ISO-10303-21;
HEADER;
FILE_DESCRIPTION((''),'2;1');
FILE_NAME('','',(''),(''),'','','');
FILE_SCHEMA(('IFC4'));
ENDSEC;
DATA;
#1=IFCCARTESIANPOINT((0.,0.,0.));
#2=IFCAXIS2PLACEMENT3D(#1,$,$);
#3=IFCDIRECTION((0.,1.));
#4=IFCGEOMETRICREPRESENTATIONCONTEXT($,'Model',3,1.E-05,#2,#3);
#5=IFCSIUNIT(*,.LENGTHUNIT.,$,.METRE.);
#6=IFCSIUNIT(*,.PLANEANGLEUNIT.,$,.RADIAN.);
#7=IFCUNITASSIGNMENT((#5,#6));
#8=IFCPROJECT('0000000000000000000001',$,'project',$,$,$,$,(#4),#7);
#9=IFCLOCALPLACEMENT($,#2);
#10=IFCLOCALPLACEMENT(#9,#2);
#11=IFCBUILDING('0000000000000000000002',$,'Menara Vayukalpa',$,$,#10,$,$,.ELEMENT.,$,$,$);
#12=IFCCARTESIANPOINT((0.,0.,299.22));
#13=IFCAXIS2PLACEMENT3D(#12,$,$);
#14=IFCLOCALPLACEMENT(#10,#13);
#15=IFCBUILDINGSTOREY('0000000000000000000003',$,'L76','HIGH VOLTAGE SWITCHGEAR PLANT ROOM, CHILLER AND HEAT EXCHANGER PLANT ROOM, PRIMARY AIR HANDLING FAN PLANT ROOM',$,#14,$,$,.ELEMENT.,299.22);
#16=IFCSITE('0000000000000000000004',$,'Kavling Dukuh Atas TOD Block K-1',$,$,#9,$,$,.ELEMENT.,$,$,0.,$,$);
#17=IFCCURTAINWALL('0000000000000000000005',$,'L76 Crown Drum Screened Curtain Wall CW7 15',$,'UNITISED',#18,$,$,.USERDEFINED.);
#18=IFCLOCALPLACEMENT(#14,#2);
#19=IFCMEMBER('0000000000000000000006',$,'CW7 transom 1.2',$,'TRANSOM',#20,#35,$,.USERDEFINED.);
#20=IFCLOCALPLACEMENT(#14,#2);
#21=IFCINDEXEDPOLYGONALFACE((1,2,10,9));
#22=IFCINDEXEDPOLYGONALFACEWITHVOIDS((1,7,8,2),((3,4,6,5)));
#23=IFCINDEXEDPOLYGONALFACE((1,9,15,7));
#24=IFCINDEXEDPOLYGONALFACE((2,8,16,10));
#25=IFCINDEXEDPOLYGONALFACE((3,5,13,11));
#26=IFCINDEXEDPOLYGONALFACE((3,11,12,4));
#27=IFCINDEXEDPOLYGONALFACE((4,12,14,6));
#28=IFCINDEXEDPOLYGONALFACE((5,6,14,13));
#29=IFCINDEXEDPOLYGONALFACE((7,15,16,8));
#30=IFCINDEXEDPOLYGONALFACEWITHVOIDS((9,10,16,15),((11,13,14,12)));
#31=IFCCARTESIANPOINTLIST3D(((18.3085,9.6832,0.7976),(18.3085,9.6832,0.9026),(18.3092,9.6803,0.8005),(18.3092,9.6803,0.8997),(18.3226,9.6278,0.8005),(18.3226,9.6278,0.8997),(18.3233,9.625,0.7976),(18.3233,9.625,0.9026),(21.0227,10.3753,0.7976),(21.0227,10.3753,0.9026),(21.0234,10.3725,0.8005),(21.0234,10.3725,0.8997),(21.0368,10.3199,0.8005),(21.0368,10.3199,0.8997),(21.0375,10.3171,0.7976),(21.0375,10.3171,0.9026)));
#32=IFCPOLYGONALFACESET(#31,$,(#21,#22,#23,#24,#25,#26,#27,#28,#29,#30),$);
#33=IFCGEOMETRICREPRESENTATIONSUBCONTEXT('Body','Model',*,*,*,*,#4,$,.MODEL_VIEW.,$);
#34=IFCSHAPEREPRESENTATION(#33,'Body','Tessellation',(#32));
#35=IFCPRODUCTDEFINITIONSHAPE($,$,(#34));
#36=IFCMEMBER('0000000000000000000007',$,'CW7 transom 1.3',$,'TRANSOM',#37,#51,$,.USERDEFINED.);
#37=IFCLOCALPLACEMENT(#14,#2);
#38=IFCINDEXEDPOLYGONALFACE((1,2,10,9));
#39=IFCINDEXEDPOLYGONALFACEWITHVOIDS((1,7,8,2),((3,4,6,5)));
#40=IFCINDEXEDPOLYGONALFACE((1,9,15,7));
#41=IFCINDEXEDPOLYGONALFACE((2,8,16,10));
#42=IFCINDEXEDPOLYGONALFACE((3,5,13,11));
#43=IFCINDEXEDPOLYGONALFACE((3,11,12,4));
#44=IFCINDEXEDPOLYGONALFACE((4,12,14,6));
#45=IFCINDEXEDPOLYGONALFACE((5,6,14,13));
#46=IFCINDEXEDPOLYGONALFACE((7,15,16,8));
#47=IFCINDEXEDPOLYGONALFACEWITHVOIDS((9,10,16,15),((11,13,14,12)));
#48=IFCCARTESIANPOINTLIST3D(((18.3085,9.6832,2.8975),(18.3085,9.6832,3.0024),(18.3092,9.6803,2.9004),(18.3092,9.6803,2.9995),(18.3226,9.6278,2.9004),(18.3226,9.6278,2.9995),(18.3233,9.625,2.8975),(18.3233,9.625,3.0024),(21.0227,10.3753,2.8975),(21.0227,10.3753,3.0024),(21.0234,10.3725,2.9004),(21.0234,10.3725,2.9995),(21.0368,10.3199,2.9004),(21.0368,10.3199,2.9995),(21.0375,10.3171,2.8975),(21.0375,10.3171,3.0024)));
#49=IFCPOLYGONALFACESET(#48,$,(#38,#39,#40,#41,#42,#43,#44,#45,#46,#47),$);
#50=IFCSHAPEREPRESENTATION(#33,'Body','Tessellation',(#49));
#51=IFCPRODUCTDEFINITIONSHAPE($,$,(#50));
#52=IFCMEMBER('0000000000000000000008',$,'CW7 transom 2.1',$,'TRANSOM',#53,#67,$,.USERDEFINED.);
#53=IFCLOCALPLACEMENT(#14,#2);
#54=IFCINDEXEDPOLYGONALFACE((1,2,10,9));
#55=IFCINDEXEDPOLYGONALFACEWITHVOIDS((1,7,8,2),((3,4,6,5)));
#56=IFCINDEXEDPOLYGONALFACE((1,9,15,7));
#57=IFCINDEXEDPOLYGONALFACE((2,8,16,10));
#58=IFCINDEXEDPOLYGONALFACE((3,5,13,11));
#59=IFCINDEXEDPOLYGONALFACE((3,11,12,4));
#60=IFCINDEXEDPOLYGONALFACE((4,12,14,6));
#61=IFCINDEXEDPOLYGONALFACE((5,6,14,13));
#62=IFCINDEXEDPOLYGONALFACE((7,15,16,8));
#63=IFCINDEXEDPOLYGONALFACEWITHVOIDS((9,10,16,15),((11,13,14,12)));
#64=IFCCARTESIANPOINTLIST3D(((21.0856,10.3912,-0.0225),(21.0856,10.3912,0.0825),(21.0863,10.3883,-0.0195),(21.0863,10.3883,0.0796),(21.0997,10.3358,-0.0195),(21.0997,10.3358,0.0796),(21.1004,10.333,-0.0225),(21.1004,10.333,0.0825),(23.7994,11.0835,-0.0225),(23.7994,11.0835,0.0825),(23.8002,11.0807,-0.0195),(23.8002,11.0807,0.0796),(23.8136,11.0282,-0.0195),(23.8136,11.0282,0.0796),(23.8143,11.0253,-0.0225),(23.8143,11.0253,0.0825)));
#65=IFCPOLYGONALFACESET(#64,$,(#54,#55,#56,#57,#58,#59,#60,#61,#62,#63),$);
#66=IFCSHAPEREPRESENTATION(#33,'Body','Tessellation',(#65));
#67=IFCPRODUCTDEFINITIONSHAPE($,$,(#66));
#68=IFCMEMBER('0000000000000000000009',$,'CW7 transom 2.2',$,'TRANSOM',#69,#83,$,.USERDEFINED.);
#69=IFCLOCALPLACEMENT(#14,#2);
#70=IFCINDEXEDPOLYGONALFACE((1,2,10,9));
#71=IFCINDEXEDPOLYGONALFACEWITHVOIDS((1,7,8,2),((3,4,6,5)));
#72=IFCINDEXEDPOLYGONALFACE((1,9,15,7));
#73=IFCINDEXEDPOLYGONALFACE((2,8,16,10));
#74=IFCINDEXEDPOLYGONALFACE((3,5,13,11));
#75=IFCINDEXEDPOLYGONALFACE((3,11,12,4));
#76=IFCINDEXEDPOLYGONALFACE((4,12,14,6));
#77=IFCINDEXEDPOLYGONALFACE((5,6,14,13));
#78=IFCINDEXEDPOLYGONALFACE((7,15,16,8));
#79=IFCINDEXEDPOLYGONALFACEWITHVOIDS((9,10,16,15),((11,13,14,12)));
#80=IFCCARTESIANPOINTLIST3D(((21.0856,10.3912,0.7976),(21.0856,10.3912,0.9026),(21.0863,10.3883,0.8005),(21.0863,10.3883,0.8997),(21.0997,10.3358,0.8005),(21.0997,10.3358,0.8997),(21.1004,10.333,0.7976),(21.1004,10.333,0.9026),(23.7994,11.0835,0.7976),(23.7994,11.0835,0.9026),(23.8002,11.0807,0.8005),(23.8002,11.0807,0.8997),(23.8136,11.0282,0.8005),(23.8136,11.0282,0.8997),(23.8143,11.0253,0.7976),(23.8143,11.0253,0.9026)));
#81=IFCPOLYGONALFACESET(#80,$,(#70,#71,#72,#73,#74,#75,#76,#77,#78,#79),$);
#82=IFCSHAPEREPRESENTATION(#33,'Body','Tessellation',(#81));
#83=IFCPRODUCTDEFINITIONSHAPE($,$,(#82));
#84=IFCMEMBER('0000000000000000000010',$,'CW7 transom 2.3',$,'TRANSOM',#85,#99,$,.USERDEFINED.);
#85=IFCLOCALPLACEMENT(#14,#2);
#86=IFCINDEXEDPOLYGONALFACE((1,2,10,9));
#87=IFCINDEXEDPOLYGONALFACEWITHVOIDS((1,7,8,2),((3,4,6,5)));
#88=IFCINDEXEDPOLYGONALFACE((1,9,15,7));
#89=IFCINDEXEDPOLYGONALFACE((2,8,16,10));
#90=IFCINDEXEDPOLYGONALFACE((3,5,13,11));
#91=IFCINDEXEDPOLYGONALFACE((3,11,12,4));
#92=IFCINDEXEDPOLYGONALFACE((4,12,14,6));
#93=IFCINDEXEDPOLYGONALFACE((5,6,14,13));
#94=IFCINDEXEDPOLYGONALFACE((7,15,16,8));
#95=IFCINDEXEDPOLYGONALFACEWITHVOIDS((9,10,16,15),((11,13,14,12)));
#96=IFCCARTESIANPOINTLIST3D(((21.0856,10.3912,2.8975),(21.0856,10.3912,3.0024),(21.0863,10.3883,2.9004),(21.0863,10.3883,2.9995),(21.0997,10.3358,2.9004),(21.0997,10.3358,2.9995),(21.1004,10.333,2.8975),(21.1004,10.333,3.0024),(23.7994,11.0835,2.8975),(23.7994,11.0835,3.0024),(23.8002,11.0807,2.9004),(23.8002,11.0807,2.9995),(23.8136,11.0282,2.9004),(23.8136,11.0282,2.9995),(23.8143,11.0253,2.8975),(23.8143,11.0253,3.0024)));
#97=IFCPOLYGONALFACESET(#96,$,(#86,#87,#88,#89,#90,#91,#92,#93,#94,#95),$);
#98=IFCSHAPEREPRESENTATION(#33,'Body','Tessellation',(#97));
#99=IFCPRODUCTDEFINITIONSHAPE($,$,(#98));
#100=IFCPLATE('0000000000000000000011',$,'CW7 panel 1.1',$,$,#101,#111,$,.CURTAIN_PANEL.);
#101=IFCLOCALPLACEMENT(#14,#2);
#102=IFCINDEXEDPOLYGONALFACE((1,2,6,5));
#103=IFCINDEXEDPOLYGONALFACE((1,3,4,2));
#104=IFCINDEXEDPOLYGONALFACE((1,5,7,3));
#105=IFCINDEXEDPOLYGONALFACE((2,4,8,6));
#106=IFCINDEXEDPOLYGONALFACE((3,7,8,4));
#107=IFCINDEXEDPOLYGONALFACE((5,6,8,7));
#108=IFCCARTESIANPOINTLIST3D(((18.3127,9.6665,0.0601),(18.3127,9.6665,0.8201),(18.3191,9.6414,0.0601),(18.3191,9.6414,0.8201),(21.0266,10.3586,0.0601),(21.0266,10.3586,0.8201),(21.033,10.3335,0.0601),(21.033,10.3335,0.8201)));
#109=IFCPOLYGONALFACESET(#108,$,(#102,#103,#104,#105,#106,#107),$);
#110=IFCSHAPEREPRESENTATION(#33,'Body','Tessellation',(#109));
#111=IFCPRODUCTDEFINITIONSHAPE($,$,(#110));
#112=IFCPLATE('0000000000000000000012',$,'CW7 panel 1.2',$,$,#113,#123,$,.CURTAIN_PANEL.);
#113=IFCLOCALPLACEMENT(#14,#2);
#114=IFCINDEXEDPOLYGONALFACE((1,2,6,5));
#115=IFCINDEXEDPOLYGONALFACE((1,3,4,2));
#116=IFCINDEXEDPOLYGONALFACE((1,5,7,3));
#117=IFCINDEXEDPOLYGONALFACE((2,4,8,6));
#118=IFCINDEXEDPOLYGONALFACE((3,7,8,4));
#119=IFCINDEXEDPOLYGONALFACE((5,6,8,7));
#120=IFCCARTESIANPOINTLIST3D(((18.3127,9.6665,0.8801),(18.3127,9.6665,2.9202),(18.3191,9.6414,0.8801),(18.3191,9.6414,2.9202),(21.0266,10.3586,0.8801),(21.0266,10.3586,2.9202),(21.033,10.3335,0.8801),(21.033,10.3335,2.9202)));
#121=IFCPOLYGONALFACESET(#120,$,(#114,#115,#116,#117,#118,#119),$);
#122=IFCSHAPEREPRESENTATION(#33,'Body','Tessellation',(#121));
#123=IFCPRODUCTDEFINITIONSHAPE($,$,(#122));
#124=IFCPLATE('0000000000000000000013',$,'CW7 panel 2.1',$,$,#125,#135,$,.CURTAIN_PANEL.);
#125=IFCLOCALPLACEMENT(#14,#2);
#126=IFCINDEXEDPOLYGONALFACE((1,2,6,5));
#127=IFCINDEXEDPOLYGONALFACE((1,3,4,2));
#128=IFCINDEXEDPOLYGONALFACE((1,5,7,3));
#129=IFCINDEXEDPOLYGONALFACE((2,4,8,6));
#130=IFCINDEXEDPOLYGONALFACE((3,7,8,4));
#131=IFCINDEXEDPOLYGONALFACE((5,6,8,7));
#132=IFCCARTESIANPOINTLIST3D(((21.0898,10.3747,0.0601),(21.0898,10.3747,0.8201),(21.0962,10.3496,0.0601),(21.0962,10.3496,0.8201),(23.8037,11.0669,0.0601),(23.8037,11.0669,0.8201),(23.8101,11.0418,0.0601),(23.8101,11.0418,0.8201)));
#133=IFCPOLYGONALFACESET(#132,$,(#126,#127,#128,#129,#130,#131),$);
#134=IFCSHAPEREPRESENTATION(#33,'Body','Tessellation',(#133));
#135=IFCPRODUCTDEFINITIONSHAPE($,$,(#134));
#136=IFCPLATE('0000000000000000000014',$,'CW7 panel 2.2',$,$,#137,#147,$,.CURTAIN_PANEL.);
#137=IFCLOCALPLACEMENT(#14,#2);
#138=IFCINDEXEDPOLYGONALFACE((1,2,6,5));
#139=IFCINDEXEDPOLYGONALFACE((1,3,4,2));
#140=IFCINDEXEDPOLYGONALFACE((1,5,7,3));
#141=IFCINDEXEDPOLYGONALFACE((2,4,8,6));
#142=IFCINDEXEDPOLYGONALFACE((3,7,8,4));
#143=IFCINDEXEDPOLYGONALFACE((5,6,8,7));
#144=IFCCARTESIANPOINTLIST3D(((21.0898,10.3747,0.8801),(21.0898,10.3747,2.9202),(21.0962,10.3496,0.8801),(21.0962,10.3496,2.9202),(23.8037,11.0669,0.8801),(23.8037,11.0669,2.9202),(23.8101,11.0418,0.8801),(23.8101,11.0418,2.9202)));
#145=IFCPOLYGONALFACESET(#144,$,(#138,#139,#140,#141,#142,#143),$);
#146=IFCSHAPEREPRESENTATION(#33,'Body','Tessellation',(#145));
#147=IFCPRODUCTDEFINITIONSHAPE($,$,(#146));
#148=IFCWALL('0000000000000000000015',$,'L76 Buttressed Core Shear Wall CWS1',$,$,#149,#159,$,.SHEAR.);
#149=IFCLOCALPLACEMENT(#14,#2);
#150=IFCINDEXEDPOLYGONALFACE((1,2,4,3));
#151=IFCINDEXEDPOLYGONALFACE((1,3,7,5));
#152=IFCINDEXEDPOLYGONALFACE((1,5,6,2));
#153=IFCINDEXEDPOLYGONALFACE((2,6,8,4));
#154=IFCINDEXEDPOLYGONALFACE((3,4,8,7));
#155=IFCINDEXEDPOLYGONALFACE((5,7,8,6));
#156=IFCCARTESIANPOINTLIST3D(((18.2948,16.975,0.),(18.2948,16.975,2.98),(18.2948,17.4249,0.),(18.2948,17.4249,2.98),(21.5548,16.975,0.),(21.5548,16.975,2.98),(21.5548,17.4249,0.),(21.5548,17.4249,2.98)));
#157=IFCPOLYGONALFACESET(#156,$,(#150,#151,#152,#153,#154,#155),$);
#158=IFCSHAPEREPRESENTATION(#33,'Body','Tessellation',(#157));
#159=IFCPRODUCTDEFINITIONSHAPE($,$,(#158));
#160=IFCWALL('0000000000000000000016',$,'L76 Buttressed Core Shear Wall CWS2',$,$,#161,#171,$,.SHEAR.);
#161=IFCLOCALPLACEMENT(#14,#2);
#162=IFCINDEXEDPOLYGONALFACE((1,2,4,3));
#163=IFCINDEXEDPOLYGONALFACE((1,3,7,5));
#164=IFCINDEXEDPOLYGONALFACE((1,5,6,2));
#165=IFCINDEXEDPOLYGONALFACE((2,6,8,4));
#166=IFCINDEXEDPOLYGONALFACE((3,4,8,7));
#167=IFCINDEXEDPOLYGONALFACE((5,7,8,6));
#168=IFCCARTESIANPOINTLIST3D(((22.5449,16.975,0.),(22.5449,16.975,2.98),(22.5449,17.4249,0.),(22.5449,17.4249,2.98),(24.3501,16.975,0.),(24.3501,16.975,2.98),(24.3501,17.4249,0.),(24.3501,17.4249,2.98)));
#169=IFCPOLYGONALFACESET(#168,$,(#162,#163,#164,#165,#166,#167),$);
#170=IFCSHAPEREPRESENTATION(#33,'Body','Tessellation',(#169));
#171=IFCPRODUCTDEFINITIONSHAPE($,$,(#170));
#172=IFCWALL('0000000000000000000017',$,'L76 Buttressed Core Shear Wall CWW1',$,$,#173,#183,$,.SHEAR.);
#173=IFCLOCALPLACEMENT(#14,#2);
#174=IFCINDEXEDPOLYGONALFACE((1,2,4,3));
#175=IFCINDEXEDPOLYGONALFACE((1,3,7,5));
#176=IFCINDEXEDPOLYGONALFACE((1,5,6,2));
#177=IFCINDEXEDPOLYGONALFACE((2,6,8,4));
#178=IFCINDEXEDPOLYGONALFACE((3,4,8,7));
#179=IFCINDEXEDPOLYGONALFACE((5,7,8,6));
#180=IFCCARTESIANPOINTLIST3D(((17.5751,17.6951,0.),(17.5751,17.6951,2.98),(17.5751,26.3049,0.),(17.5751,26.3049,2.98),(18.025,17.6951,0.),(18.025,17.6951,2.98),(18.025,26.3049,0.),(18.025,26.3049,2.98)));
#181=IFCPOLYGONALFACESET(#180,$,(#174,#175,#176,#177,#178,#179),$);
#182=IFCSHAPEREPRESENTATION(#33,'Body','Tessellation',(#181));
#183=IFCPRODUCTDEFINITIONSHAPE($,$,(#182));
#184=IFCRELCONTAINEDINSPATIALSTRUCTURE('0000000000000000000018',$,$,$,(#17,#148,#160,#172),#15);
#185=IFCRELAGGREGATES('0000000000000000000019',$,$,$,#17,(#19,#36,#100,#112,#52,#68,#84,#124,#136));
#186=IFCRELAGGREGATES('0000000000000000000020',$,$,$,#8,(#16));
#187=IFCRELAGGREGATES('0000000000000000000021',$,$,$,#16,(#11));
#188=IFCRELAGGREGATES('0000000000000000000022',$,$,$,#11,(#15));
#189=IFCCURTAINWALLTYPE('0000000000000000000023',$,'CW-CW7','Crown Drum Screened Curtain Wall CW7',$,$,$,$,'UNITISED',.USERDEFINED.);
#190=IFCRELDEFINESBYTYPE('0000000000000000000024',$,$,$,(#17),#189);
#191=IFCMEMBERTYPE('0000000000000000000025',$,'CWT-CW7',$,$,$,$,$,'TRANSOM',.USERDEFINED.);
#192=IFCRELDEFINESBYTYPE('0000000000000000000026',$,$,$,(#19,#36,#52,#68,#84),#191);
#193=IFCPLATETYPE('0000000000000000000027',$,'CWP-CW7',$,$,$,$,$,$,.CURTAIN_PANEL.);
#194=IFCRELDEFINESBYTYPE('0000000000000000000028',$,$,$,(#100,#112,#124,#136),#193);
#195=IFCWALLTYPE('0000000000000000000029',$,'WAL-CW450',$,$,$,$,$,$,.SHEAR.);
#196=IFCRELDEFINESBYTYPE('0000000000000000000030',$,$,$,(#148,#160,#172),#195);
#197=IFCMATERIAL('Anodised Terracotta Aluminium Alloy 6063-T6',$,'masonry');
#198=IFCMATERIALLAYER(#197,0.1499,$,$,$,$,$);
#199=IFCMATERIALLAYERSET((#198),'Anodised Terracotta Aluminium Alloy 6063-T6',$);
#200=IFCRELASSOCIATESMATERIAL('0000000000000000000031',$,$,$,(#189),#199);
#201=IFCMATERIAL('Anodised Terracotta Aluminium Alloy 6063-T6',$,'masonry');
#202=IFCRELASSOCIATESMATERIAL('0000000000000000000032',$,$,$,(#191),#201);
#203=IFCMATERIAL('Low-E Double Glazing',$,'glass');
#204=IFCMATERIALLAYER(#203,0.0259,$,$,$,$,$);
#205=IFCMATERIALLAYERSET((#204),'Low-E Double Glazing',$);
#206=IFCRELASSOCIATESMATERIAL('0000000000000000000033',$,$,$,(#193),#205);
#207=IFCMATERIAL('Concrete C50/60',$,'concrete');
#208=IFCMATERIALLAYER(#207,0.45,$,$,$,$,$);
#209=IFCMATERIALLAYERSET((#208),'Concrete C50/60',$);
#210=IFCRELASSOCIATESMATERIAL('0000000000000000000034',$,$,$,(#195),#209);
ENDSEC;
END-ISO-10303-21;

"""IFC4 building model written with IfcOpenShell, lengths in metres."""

from ifc_helpers import new_model, si_unit, direction, frame, frame_2d, origin, origin_2d, place, context, subcontext, project, spatial, rectangle, hollow_rectangle, extrude, material, layer, layer_set, material_profile, profile_set, type_object, element, aggregate, save


model = new_model("IFC4")

# Units and contexts
model_context = context("Model", 3, precision=1e-05, world=origin(), true_north=direction((0.0, 1.0)))
body_context = subcontext(model_context, "Body", "Model", "MODEL_VIEW")
ifc_project = project(units=[si_unit("LENGTHUNIT", "METRE"), si_unit("PLANEANGLEUNIT", "RADIAN")], contexts=[model_context])

# Site, building, storey
site_placement = place(None, origin())
site = spatial("IfcSite", under=ifc_project, at=site_placement, Name="Kavling Dukuh Atas TOD Block K-1", CompositionType="ELEMENT", RefElevation=0.0)
building_placement = place(site_placement, origin())
building = spatial("IfcBuilding", under=site, at=building_placement, Name="Menara Vayukalpa", CompositionType="ELEMENT")
storey_placement = place(building_placement, frame((0.0, 0.0, 299.22)))
storey = spatial("IfcBuildingStorey", under=building, at=storey_placement, Name="L76", Description="HIGH VOLTAGE SWITCHGEAR PLANT ROOM, CHILLER AND HEAT EXCHANGER PLANT ROOM, PRIMARY AIR HANDLING FAN PLANT ROOM", CompositionType="ELEMENT", Elevation=299.22)

# Curtain wall, members, plates
ifc_material_1 = material(Name="Anodised Terracotta Aluminium Alloy 6063-T6", Category="masonry")
ifc_layer_1 = layer(ifc_material_1, 0.1499)
ifc_layer_set_1 = layer_set([ifc_layer_1], Name="Anodised Terracotta Aluminium Alloy 6063-T6")
curtain_wall_type = type_object("IfcCurtainWallType", Name="CW-CW7", Description="Crown Drum Screened Curtain Wall CW7", ElementType="UNITISED", PredefinedType="USERDEFINED", material=ifc_layer_set_1)
curtain_wall_placement = place(storey_placement, origin())
curtain_wall = element("IfcCurtainWall", 1, at=curtain_wall_placement, inside=storey, type_object=curtain_wall_type, Name="L76 Crown Drum Screened Curtain Wall CW7 15", ObjectType="UNITISED", PredefinedType="USERDEFINED")
ifc_material_2 = material(Name="Anodised Terracotta Aluminium Alloy 6063-T6", Category="masonry")
ifc_material_profile_1 = material_profile(ifc_material_2, hollow_rectangle(XDim=0.0601, YDim=0.105, WallThickness=0.0029, at=origin_2d()), Name="ALU 60x105x3")
ifc_profile_set_1 = profile_set([ifc_material_profile_1], Name="Anodised Terracotta Aluminium Alloy 6063-T6")
member_type_1 = type_object("IfcMemberType", Name="CWT-CW7", ElementType="TRANSOM", PredefinedType="USERDEFINED", material=ifc_profile_set_1)
member_1_placement = place(storey_placement, frame((18.3159, 9.6541, 0.8501), z_axis=(0.968988, 0.247106, 0.0), x_axis=(-0.247106, 0.968988, 0.0)))
member_1 = element("IfcMember", 2, at=member_1_placement, type_object=member_type_1, Name="CW7 transom 1.2", ObjectType="TRANSOM", PredefinedType="USERDEFINED", context=body_context, shape_type="SweptSolid", body=[
    extrude(hollow_rectangle(XDim=0.0601, YDim=0.105, WallThickness=0.0029, at=origin_2d()), origin(), (0.0, 0.0, 1.0), 2.801),
])
member_2_placement = place(storey_placement, frame((18.3159, 9.6541, 2.95), z_axis=(0.968988, 0.247106, 0.0), x_axis=(-0.247106, 0.968988, 0.0)))
member_2 = element("IfcMember", 3, at=member_2_placement, type_object=member_type_1, Name="CW7 transom 1.3", ObjectType="TRANSOM", PredefinedType="USERDEFINED", context=body_context, shape_type="SweptSolid", body=[
    extrude(hollow_rectangle(XDim=0.0601, YDim=0.105, WallThickness=0.0029, at=origin_2d()), origin(), (0.0, 0.0, 1.0), 2.801),
])
member_3_placement = place(storey_placement, frame((21.093, 10.3621, 0.03), z_axis=(0.968962, 0.247209, 0.0), x_axis=(-0.247209, 0.968962, 0.0)))
member_3 = element("IfcMember", 4, at=member_3_placement, type_object=member_type_1, Name="CW7 transom 2.1", ObjectType="TRANSOM", PredefinedType="USERDEFINED", context=body_context, shape_type="SweptSolid", body=[
    extrude(hollow_rectangle(XDim=0.0601, YDim=0.105, WallThickness=0.0029, at=origin_2d()), origin(), (0.0, 0.0, 1.0), 2.8008),
])
member_4_placement = place(storey_placement, frame((21.093, 10.3621, 0.8501), z_axis=(0.968962, 0.247209, 0.0), x_axis=(-0.247209, 0.968962, 0.0)))
member_4 = element("IfcMember", 5, at=member_4_placement, type_object=member_type_1, Name="CW7 transom 2.2", ObjectType="TRANSOM", PredefinedType="USERDEFINED", context=body_context, shape_type="SweptSolid", body=[
    extrude(hollow_rectangle(XDim=0.0601, YDim=0.105, WallThickness=0.0029, at=origin_2d()), origin(), (0.0, 0.0, 1.0), 2.8008),
])
member_5_placement = place(storey_placement, frame((21.093, 10.3621, 2.95), z_axis=(0.968962, 0.247209, 0.0), x_axis=(-0.247209, 0.968962, 0.0)))
member_5 = element("IfcMember", 6, at=member_5_placement, type_object=member_type_1, Name="CW7 transom 2.3", ObjectType="TRANSOM", PredefinedType="USERDEFINED", context=body_context, shape_type="SweptSolid", body=[
    extrude(hollow_rectangle(XDim=0.0601, YDim=0.105, WallThickness=0.0029, at=origin_2d()), origin(), (0.0, 0.0, 1.0), 2.8008),
])
ifc_material_3 = material(Name="Low-E Double Glazing", Category="glass")
ifc_layer_2 = layer(ifc_material_3, 0.0259)
ifc_layer_set_2 = layer_set([ifc_layer_2], Name="Low-E Double Glazing")
plate_type = type_object("IfcPlateType", Name="CWP-CW7", PredefinedType="CURTAIN_PANEL", material=ifc_layer_set_2)
plate_1_placement = place(storey_placement, frame((19.6729, 10.0, 0.0601), z_axis=(0.0, 0.0, 1.0), x_axis=(0.968984, 0.247124, 0.0)))
plate_1 = element("IfcPlate", 7, at=plate_1_placement, type_object=plate_type, Name="CW7 panel 1.1", PredefinedType="CURTAIN_PANEL", context=body_context, shape_type="SweptSolid", body=[
    extrude(rectangle(XDim=2.8008, YDim=0.0259, at=origin_2d()), origin(), (0.0, 0.0, 1.0), 0.76),
])
plate_2_placement = place(storey_placement, frame((19.6729, 10.0, 0.8801), z_axis=(0.0, 0.0, 1.0), x_axis=(0.968984, 0.247124, 0.0)))
plate_2 = element("IfcPlate", 8, at=plate_2_placement, type_object=plate_type, Name="CW7 panel 1.2", PredefinedType="CURTAIN_PANEL", context=body_context, shape_type="SweptSolid", body=[
    extrude(rectangle(XDim=2.8008, YDim=0.0259, at=origin_2d()), origin(), (0.0, 0.0, 1.0), 2.04),
])
plate_3_placement = place(storey_placement, frame((22.45, 10.7083, 0.0601), z_axis=(0.0, 0.0, 1.0), x_axis=(0.968984, 0.247124, 0.0)))
plate_3 = element("IfcPlate", 9, at=plate_3_placement, type_object=plate_type, Name="CW7 panel 2.1", PredefinedType="CURTAIN_PANEL", context=body_context, shape_type="SweptSolid", body=[
    extrude(rectangle(XDim=2.8008, YDim=0.0259, at=origin_2d()), origin(), (0.0, 0.0, 1.0), 0.76),
])
plate_4_placement = place(storey_placement, frame((22.45, 10.7083, 0.8801), z_axis=(0.0, 0.0, 1.0), x_axis=(0.968984, 0.247124, 0.0)))
plate_4 = element("IfcPlate", 10, at=plate_4_placement, type_object=plate_type, Name="CW7 panel 2.2", PredefinedType="CURTAIN_PANEL", context=body_context, shape_type="SweptSolid", body=[
    extrude(rectangle(XDim=2.8008, YDim=0.0259, at=origin_2d()), origin(), (0.0, 0.0, 1.0), 2.04),
])
aggregate(curtain_wall, [member_1, member_2, plate_1, plate_2, member_3, member_4, member_5, plate_3, plate_4])

# Walls
ifc_material_4 = material(Name="Concrete C50/60", Category="concrete")
ifc_layer_3 = layer(ifc_material_4, 0.45)
ifc_layer_set_3 = layer_set([ifc_layer_3], Name="Concrete C50/60")
wall_type_1 = type_object("IfcWallType", Name="WAL-CW450", PredefinedType="SHEAR", material=ifc_layer_set_3)
wall_1_placement = place(storey_placement, frame((18.2949, 17.2, 0.0), z_axis=(0.0, 0.0, 1.0), x_axis=(1.0, 0.0, 0.0)))
element("IfcWall", 11, at=wall_1_placement, inside=storey, type_object=wall_type_1, Name="L76 Buttressed Core Shear Wall CWS1", PredefinedType="SHEAR", context=body_context, shape_type="SweptSolid", body=[
    extrude(rectangle(XDim=3.26, YDim=0.45, at=frame_2d((1.6299, 0.0))), origin(), (0.0, 0.0, 1.0), 2.98),
])
wall_2_placement = place(storey_placement, frame((22.5449, 17.2, 0.0), z_axis=(0.0, 0.0, 1.0), x_axis=(1.0, 0.0, 0.0)))
element("IfcWall", 12, at=wall_2_placement, inside=storey, type_object=wall_type_1, Name="L76 Buttressed Core Shear Wall CWS2", PredefinedType="SHEAR", context=body_context, shape_type="SweptSolid", body=[
    extrude(rectangle(XDim=1.8052, YDim=0.45, at=frame_2d((0.9026, 0.0))), origin(), (0.0, 0.0, 1.0), 2.98),
])
wall_3_placement = place(storey_placement, frame((17.8, 17.6951, 0.0), z_axis=(0.0, 0.0, 1.0), x_axis=(0.0, 1.0, 0.0)))
element("IfcWall", 13, at=wall_3_placement, inside=storey, type_object=wall_type_1, Name="L76 Buttressed Core Shear Wall CWW1", PredefinedType="SHEAR", context=body_context, shape_type="SweptSolid", body=[
    extrude(rectangle(XDim=8.6099, YDim=0.45, at=frame_2d((4.3049, 0.0))), origin(), (0.0, 0.0, 1.0), 2.98),
])

save(model, "model.ifc")
